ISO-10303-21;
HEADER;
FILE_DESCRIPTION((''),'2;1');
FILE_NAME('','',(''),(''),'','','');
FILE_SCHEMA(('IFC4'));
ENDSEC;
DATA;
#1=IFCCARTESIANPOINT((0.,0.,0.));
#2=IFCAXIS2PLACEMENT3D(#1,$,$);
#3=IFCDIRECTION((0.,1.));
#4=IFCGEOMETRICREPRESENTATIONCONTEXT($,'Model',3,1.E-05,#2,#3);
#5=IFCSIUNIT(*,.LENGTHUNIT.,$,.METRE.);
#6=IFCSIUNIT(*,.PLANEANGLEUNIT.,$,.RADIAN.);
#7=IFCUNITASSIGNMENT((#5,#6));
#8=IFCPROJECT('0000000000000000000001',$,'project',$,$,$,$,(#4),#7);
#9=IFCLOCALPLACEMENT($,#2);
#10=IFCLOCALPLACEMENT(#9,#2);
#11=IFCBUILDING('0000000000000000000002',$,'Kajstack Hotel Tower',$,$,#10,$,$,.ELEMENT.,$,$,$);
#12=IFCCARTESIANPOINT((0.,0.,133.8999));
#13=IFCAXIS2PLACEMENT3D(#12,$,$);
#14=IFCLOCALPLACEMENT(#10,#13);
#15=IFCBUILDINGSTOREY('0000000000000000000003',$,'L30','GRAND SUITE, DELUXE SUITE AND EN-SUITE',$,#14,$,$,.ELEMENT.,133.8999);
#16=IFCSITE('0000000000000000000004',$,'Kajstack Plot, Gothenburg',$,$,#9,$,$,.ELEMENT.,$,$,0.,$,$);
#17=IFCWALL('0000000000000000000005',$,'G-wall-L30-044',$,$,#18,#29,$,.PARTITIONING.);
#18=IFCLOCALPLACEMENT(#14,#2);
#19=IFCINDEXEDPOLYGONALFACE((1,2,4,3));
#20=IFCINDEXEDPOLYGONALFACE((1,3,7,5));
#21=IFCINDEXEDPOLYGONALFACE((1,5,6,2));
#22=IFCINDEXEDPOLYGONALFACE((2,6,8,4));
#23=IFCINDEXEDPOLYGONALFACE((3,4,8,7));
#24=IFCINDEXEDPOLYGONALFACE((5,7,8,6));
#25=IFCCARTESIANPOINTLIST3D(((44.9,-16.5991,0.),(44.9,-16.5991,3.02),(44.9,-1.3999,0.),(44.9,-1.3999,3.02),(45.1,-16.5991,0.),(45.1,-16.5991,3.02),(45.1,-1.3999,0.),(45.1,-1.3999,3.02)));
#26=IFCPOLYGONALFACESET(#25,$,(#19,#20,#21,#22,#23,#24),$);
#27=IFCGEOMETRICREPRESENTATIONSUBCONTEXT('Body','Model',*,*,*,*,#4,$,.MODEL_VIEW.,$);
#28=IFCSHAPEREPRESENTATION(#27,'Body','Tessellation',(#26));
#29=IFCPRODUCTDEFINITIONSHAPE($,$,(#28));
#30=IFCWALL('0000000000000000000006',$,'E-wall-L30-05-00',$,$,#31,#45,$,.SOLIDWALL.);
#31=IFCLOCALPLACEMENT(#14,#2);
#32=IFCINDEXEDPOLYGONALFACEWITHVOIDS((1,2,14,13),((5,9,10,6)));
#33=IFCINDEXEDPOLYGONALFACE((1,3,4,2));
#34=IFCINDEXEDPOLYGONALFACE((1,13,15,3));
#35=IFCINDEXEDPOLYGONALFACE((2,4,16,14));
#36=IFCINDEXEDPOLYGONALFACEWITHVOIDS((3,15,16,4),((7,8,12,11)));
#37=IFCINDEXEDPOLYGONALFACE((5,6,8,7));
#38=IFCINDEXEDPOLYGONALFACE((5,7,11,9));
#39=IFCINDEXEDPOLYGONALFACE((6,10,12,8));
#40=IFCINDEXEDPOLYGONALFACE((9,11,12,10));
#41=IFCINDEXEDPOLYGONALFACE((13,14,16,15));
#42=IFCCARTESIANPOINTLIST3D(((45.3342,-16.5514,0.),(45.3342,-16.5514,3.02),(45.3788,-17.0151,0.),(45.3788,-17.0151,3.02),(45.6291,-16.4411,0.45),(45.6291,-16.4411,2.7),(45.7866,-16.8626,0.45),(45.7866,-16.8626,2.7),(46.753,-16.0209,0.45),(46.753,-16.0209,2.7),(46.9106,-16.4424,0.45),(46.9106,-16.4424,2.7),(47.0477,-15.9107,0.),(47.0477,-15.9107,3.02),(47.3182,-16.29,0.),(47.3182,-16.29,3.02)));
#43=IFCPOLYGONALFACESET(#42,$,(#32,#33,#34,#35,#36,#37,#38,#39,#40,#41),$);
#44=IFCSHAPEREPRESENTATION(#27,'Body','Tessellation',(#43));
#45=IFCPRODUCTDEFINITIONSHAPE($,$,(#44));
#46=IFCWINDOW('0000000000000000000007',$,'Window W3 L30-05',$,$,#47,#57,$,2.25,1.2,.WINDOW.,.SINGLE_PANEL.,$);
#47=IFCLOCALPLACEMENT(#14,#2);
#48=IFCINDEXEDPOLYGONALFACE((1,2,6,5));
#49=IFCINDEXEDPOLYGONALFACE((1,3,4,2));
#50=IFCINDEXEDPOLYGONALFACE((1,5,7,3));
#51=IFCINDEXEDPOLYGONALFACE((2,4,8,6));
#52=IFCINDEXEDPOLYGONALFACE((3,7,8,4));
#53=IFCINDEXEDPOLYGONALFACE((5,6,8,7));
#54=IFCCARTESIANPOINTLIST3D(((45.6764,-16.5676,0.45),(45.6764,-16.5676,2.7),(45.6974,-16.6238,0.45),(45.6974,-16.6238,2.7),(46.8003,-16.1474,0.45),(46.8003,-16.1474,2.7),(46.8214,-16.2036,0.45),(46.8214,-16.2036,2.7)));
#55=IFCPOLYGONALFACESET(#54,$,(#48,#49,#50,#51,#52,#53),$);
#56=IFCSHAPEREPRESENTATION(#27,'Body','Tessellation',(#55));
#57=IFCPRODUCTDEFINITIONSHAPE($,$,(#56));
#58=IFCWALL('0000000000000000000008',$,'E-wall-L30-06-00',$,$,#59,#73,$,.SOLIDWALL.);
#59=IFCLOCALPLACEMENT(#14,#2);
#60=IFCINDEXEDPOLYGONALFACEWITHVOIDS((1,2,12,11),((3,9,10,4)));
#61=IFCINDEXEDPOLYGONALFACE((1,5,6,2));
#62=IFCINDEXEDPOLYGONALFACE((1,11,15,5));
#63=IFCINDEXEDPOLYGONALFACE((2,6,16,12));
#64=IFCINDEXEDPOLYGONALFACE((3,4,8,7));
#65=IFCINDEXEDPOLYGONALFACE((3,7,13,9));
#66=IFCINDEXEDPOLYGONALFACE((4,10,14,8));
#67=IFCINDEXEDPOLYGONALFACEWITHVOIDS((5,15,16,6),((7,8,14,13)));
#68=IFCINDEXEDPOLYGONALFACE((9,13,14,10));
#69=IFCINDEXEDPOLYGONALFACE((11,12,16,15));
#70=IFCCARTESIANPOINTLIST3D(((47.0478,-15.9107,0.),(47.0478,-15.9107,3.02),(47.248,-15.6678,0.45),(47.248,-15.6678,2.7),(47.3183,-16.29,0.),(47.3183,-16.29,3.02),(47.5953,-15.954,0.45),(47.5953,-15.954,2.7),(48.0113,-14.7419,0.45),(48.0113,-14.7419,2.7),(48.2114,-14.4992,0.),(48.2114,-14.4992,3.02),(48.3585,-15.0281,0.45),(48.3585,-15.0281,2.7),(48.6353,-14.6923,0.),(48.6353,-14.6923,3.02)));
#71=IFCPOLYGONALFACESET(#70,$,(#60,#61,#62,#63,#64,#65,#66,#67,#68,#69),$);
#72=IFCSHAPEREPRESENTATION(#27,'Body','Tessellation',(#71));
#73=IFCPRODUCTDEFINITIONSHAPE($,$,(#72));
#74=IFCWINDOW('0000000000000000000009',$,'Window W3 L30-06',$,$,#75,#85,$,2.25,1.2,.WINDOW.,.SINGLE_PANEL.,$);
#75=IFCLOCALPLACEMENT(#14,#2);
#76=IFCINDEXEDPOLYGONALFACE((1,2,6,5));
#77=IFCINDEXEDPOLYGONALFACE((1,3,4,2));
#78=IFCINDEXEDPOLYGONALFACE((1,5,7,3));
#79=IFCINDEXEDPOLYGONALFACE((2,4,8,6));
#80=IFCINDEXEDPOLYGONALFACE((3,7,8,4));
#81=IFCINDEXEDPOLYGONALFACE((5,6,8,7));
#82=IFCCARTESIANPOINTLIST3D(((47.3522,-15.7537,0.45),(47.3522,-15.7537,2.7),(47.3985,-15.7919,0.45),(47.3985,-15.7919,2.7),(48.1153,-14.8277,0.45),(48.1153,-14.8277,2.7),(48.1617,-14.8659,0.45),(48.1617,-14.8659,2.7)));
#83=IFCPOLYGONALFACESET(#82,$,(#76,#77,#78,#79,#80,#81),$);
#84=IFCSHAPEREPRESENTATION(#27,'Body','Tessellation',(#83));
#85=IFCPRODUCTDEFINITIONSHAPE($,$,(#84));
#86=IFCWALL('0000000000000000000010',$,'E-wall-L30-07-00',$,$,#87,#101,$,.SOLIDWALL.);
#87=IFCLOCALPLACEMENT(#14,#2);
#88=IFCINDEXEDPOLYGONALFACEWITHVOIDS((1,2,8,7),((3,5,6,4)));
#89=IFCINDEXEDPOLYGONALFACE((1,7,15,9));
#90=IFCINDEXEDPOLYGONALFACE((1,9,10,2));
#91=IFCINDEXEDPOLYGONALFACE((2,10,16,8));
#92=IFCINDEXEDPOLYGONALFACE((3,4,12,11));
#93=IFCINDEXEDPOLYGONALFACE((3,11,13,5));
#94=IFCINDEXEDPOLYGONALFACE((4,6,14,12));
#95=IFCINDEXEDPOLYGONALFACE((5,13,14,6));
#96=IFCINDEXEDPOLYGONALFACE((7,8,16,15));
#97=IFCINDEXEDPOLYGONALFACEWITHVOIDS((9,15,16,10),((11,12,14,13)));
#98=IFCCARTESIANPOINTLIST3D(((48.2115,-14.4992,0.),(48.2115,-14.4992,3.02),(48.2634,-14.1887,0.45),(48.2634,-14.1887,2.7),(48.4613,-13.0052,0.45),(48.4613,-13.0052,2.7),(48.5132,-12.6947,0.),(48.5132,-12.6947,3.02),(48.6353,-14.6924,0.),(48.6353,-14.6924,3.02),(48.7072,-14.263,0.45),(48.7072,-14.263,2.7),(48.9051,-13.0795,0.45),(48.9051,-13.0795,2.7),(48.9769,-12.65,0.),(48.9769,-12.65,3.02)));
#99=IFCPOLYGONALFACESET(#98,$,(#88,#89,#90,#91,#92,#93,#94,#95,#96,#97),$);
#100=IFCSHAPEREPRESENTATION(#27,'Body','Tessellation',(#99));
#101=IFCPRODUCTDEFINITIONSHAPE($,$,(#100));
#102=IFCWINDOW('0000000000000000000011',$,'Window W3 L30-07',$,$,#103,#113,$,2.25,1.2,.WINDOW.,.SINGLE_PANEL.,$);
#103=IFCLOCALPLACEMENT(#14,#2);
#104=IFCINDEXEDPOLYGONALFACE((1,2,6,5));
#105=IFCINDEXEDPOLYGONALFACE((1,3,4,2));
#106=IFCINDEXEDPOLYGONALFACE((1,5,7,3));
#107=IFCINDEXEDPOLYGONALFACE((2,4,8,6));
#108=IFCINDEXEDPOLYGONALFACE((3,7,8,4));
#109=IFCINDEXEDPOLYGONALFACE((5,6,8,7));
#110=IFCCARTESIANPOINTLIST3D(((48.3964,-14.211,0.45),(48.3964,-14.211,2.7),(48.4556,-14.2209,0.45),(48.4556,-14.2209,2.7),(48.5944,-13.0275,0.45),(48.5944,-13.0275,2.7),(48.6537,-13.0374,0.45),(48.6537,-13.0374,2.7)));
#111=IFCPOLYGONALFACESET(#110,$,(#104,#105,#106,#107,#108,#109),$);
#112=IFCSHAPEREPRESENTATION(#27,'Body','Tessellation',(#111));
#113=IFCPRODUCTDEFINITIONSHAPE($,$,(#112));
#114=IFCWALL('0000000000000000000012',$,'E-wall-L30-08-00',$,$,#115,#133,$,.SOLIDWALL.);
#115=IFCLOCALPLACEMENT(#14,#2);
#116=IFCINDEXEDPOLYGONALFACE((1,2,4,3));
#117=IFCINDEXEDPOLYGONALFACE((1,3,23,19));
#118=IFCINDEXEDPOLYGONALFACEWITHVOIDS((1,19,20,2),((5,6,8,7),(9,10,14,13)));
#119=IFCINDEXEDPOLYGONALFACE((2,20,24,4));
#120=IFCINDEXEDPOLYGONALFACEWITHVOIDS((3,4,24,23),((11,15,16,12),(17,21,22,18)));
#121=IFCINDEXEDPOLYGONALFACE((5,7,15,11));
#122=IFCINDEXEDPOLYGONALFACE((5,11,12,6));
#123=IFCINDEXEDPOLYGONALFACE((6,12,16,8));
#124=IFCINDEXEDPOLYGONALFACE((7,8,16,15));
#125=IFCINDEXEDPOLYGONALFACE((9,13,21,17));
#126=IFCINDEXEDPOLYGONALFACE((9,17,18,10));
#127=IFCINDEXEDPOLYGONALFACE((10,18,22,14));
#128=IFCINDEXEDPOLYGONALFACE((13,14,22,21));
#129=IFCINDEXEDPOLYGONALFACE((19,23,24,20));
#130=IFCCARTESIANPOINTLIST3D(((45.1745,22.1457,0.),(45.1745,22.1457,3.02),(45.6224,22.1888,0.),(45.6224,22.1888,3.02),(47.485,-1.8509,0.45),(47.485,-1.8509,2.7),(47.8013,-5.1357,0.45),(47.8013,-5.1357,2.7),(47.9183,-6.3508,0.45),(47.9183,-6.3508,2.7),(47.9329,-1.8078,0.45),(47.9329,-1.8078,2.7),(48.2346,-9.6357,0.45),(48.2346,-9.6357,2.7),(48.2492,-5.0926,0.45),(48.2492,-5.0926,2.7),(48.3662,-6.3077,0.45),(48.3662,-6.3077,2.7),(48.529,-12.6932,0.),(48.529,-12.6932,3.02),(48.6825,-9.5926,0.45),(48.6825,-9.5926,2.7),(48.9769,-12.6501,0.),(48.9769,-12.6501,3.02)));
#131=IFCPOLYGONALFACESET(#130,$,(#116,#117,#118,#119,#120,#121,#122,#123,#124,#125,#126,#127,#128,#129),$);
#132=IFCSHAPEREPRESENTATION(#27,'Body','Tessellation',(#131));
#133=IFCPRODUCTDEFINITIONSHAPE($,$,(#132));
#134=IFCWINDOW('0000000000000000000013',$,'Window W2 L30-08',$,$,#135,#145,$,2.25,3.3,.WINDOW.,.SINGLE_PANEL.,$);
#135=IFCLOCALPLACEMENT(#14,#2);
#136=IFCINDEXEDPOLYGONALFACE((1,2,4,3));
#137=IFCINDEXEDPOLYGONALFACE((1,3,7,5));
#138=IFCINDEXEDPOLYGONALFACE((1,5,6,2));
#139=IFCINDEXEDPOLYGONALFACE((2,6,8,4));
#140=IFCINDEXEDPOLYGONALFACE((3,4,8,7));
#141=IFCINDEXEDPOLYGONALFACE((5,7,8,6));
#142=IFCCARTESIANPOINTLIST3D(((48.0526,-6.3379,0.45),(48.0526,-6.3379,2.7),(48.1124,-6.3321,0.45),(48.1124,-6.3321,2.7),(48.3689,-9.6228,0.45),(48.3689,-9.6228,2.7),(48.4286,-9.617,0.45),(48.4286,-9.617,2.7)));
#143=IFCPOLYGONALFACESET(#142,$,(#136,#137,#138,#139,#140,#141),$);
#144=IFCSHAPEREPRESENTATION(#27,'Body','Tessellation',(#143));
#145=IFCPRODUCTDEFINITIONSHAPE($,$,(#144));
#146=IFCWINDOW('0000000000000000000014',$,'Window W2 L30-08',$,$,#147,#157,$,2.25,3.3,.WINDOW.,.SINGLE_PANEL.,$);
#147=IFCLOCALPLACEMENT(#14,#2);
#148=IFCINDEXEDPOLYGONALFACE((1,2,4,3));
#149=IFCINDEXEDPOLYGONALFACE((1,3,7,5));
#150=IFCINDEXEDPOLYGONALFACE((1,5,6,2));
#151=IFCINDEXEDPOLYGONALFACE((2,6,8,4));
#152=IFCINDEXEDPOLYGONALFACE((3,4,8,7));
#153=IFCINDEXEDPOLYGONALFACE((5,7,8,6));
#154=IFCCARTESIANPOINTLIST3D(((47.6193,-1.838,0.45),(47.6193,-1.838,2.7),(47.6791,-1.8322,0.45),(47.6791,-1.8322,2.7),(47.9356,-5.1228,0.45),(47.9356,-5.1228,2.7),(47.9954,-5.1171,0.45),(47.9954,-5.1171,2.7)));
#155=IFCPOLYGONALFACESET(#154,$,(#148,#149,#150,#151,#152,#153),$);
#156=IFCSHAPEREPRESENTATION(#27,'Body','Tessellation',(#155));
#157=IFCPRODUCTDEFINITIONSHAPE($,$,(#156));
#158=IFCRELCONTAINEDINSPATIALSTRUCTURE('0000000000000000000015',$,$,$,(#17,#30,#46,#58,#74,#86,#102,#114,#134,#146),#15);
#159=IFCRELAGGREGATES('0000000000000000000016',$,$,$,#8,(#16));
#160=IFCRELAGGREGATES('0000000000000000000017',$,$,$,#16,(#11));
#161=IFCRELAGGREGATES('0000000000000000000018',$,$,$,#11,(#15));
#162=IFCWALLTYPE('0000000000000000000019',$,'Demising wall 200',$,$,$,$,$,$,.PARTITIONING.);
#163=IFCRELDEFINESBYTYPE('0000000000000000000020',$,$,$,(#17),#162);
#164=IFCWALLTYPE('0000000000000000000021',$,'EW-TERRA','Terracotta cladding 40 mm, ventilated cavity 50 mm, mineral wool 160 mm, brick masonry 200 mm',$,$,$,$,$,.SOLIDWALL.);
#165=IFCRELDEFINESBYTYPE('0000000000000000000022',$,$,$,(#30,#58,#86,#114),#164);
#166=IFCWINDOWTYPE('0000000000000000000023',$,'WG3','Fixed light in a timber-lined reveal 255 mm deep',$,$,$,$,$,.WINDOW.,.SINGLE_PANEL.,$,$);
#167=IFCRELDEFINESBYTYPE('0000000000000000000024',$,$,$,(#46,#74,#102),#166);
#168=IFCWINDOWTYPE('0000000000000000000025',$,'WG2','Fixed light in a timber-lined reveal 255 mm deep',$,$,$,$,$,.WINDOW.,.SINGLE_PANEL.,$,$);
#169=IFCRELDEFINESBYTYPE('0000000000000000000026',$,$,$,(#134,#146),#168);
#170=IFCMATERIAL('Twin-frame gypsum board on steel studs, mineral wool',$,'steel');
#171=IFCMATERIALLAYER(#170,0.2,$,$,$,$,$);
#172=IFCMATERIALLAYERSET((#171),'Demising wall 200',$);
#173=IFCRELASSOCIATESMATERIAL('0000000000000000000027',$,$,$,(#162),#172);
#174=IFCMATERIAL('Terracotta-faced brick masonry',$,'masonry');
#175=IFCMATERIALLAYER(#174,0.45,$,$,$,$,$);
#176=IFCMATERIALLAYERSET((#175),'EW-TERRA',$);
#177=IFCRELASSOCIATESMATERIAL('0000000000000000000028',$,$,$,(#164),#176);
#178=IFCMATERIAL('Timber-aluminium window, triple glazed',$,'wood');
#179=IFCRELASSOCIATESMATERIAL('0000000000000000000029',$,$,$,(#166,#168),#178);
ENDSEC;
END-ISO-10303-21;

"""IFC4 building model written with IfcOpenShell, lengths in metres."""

from ifc_helpers import new_model, si_unit, direction, frame, frame_2d, origin, place, context, subcontext, project, spatial, polyline, rectangle, outline, extrude, material, layer, layer_set, type_object, element, fill, save


model = new_model("IFC4")

# Units and contexts
model_context = context("Model", 3, precision=1e-05, world=origin(), true_north=direction((0.0, 1.0)))
body_context = subcontext(model_context, "Body", "Model", "MODEL_VIEW")
ifc_project = project(units=[si_unit("LENGTHUNIT", "METRE"), si_unit("PLANEANGLEUNIT", "RADIAN")], contexts=[model_context])

# Site, building, storey
site_placement = place(None, origin())
site = spatial("IfcSite", under=ifc_project, at=site_placement, Name="Kajstack Plot, Gothenburg", CompositionType="ELEMENT", RefElevation=0.0)
building_placement = place(site_placement, origin())
building = spatial("IfcBuilding", under=site, at=building_placement, Name="Kajstack Hotel Tower", CompositionType="ELEMENT")
storey_placement = place(building_placement, frame((0.0, 0.0, 133.8999)))
storey = spatial("IfcBuildingStorey", under=building, at=storey_placement, Name="L30", Description="GRAND SUITE, DELUXE SUITE AND EN-SUITE", CompositionType="ELEMENT", Elevation=133.8999)

# Wall
ifc_material_1 = material(Name="Twin-frame gypsum board on steel studs, mineral wool", Category="steel")
ifc_layer_1 = layer(ifc_material_1, 0.2)
ifc_layer_set_1 = layer_set([ifc_layer_1], Name="Demising wall 200")
wall_type_1 = type_object("IfcWallType", Name="Demising wall 200", PredefinedType="PARTITIONING", material=ifc_layer_set_1)
wall_1_placement = place(storey_placement, frame((45.0, -16.5991, 0.0), z_axis=(0.0, 0.0, 1.0), x_axis=(0.0, 1.0, 0.0)))
element("IfcWall", 1, at=wall_1_placement, inside=storey, type_object=wall_type_1, Name="G-wall-L30-044", PredefinedType="PARTITIONING", context=body_context, shape_type="SweptSolid", body=[
    extrude(rectangle(XDim=15.1992, YDim=0.2, at=frame_2d((7.5996, 0.0))), origin(), (0.0, 0.0, 1.0), 3.02),
])

# Walls, openings, windows
ifc_material_2 = material(Name="Terracotta-faced brick masonry", Category="masonry")
ifc_layer_2 = layer(ifc_material_2, 0.45)
ifc_layer_set_2 = layer_set([ifc_layer_2], Name="EW-TERRA")
wall_type_2 = type_object("IfcWallType", Name="EW-TERRA", Description="Terracotta cladding 40 mm, ventilated cavity 50 mm, mineral wool 160 mm, brick masonry 200 mm", PredefinedType="SOLIDWALL", material=ifc_layer_set_2)
wall_2_placement = place(storey_placement, frame((45.3, -16.8044, 0.0), z_axis=(0.0, 0.0, 1.0), x_axis=(0.936678, 0.350193, 0.0)))
wall_2 = element("IfcWall", 2, at=wall_2_placement, inside=storey, type_object=wall_type_2, Name="E-wall-L30-05-00", PredefinedType="SOLIDWALL", context=body_context, shape_type="SweptSolid", body=[
    extrude(outline(polyline([(0.0, -0.2249), (2.0706, -0.2249), (1.95, 0.2251), (0.1206, 0.2251), (0.0, -0.2249)])), origin(), (0.0, 0.0, 1.0), 3.02),
])
opening_1_placement = place(wall_2_placement, frame((0.4353, 0.0, 0.45)))
opening_1 = element("IfcOpeningElement", 3, at=opening_1_placement, cuts=wall_2, PredefinedType="OPENING", context=body_context, shape_type="SweptSolid", body=[
    extrude(rectangle(XDim=1.2, YDim=2.25, at=frame_2d((0.6001, 1.125))), frame((0.0, 0.2349, 0.0), z_axis=(0.0, -1.0, 0.0), x_axis=(1.0, 0.0, 0.0)), (0.0, 0.0, 1.0), 0.47),
])
ifc_material_3 = material(Name="Timber-aluminium window, triple glazed", Category="wood")
window_type_1 = type_object("IfcWindowType", Name="WG3", Description="Fixed light in a timber-lined reveal 255 mm deep", PartitioningType="SINGLE_PANEL", PredefinedType="WINDOW", material=ifc_material_3)
window_1_placement = place(opening_1_placement, origin())
window_1 = element("IfcWindow", 4, at=window_1_placement, inside=storey, type_object=window_type_1, Name="Window W3 L30-05", OverallHeight=2.25, OverallWidth=1.2, PartitioningType="SINGLE_PANEL", PredefinedType="WINDOW", context=body_context, shape_type="SweptSolid", body=[
    extrude(rectangle(XDim=1.2, YDim=2.25, at=frame_2d((0.6001, 1.125))), frame((0.0, 0.0901, 0.0), z_axis=(0.0, -1.0, 0.0), x_axis=(1.0, 0.0, 0.0)), (0.0, 0.0, 1.0), 0.0601),
])
fill(opening_1, window_1)
wall_3_placement = place(storey_placement, frame((47.1448, -16.147, 0.0), z_axis=(0.0, 0.0, 1.0), x_axis=(0.635988, 0.771699, 0.0)))
wall_3 = element("IfcWall", 5, at=wall_3_placement, inside=storey, type_object=wall_type_2, Name="E-wall-L30-06-00", PredefinedType="SOLIDWALL", context=body_context, shape_type="SweptSolid", body=[
    extrude(outline(polyline([(0.0, -0.2249), (2.0706, -0.2251), (1.95, 0.2249), (0.1206, 0.2251), (0.0, -0.2249)])), origin(), (0.0, 0.0, 1.0), 3.02),
])
opening_2_placement = place(wall_3_placement, frame((0.4353, 0.0, 0.45)))
opening_2 = element("IfcOpeningElement", 6, at=opening_2_placement, cuts=wall_3, PredefinedType="OPENING", context=body_context, shape_type="SweptSolid", body=[
    extrude(rectangle(XDim=1.2, YDim=2.25, at=frame_2d((0.6001, 1.125))), frame((0.0, 0.2349, 0.0), z_axis=(0.0, -1.0, 0.0), x_axis=(1.0, 0.0, 0.0)), (0.0, 0.0, 1.0), 0.47),
])
window_2_placement = place(opening_2_placement, origin())
window_2 = element("IfcWindow", 7, at=window_2_placement, inside=storey, type_object=window_type_1, Name="Window W3 L30-06", OverallHeight=2.25, OverallWidth=1.2, PartitioningType="SINGLE_PANEL", PredefinedType="WINDOW", context=body_context, shape_type="SweptSolid", body=[
    extrude(rectangle(XDim=1.2, YDim=2.25, at=frame_2d((0.6001, 1.125))), frame((0.0, 0.0901, 0.0), z_axis=(0.0, -1.0, 0.0), x_axis=(1.0, 0.0, 0.0)), (0.0, 0.0, 1.0), 0.0601),
])
fill(opening_2, window_2)
wall_4_placement = place(storey_placement, frame((48.4133, -14.6553, 0.0), z_axis=(0.0, 0.0, 1.0), x_axis=(0.165068, 0.986282, 0.0)))
wall_4 = element("IfcWall", 8, at=wall_4_placement, inside=storey, type_object=wall_type_2, Name="E-wall-L30-07-00", PredefinedType="SOLIDWALL", context=body_context, shape_type="SweptSolid", body=[
    extrude(outline(polyline([(0.0, -0.2251), (2.0708, -0.2249), (1.9502, 0.2251), (0.1206, 0.2249), (0.0, -0.2251)])), origin(), (0.0, 0.0, 1.0), 3.02),
])
opening_3_placement = place(wall_4_placement, frame((0.4353, 0.0, 0.45)))
opening_3 = element("IfcOpeningElement", 9, at=opening_3_placement, cuts=wall_4, PredefinedType="OPENING", context=body_context, shape_type="SweptSolid", body=[
    extrude(rectangle(XDim=1.2, YDim=2.25, at=frame_2d((0.6001, 1.125))), frame((0.0, 0.2349, 0.0), z_axis=(0.0, -1.0, 0.0), x_axis=(1.0, 0.0, 0.0)), (0.0, 0.0, 1.0), 0.47),
])
window_3_placement = place(opening_3_placement, origin())
window_3 = element("IfcWindow", 10, at=window_3_placement, inside=storey, type_object=window_type_1, Name="Window W3 L30-07", OverallHeight=2.25, OverallWidth=1.2, PartitioningType="SINGLE_PANEL", PredefinedType="WINDOW", context=body_context, shape_type="SweptSolid", body=[
    extrude(rectangle(XDim=1.2, YDim=2.25, at=frame_2d((0.6001, 1.125))), frame((0.0, 0.0901, 0.0), z_axis=(0.0, -1.0, 0.0), x_axis=(1.0, 0.0, 0.0)), (0.0, 0.0, 1.0), 0.0601),
])
fill(opening_3, window_3)

# Wall, openings, windows
wall_5_placement = place(storey_placement, frame((48.7529, -12.6716, 0.0), z_axis=(0.0, 0.0, 1.0), x_axis=(-0.095843, 0.995396, 0.0)))
wall_5 = element("IfcWall", 11, at=wall_5_placement, inside=storey, type_object=wall_type_2, Name="E-wall-L30-08-00", PredefinedType="SOLIDWALL", context=body_context, shape_type="SweptSolid", body=[
    extrude(rectangle(XDim=35.0, YDim=0.45, at=frame_2d((17.5, 0.0))), origin(), (0.0, 0.0, 1.0), 3.02),
])
opening_4_placement = place(wall_5_placement, frame((3.0718, 0.0, 0.45)))
opening_4 = element("IfcOpeningElement", 12, at=opening_4_placement, cuts=wall_5, PredefinedType="OPENING", context=body_context, shape_type="SweptSolid", body=[
    extrude(rectangle(XDim=3.3, YDim=2.25, at=frame_2d((1.6499, 1.125))), frame((0.0, 0.2349, 0.0), z_axis=(0.0, -1.0, 0.0), x_axis=(1.0, 0.0, 0.0)), (0.0, 0.0, 1.0), 0.47),
])
opening_5_placement = place(wall_5_placement, frame((7.5925, 0.0, 0.45)))
opening_5 = element("IfcOpeningElement", 13, at=opening_5_placement, cuts=wall_5, PredefinedType="OPENING", context=body_context, shape_type="SweptSolid", body=[
    extrude(rectangle(XDim=3.3, YDim=2.25, at=frame_2d((1.6499, 1.125))), frame((0.0, 0.2349, 0.0), z_axis=(0.0, -1.0, 0.0), x_axis=(1.0, 0.0, 0.0)), (0.0, 0.0, 1.0), 0.47),
])
window_type_2 = type_object("IfcWindowType", Name="WG2", Description="Fixed light in a timber-lined reveal 255 mm deep", PartitioningType="SINGLE_PANEL", PredefinedType="WINDOW", material=ifc_material_3)
window_4_placement = place(opening_4_placement, origin())
window_4 = element("IfcWindow", 14, at=window_4_placement, inside=storey, type_object=window_type_2, Name="Window W2 L30-08", OverallHeight=2.25, OverallWidth=3.3, PartitioningType="SINGLE_PANEL", PredefinedType="WINDOW", context=body_context, shape_type="SweptSolid", body=[
    extrude(rectangle(XDim=3.3, YDim=2.25, at=frame_2d((1.6499, 1.125))), frame((0.0, 0.0901, 0.0), z_axis=(0.0, -1.0, 0.0), x_axis=(1.0, 0.0, 0.0)), (0.0, 0.0, 1.0), 0.0601),
])
fill(opening_4, window_4)
window_5_placement = place(opening_5_placement, origin())
window_5 = element("IfcWindow", 15, at=window_5_placement, inside=storey, type_object=window_type_2, Name="Window W2 L30-08", OverallHeight=2.25, OverallWidth=3.3, PartitioningType="SINGLE_PANEL", PredefinedType="WINDOW", context=body_context, shape_type="SweptSolid", body=[
    extrude(rectangle(XDim=3.3, YDim=2.25, at=frame_2d((1.6499, 1.125))), frame((0.0, 0.0901, 0.0), z_axis=(0.0, -1.0, 0.0), x_axis=(1.0, 0.0, 0.0)), (0.0, 0.0, 1.0), 0.0601),
])
fill(opening_5, window_5)

save(model, "model.ifc")
